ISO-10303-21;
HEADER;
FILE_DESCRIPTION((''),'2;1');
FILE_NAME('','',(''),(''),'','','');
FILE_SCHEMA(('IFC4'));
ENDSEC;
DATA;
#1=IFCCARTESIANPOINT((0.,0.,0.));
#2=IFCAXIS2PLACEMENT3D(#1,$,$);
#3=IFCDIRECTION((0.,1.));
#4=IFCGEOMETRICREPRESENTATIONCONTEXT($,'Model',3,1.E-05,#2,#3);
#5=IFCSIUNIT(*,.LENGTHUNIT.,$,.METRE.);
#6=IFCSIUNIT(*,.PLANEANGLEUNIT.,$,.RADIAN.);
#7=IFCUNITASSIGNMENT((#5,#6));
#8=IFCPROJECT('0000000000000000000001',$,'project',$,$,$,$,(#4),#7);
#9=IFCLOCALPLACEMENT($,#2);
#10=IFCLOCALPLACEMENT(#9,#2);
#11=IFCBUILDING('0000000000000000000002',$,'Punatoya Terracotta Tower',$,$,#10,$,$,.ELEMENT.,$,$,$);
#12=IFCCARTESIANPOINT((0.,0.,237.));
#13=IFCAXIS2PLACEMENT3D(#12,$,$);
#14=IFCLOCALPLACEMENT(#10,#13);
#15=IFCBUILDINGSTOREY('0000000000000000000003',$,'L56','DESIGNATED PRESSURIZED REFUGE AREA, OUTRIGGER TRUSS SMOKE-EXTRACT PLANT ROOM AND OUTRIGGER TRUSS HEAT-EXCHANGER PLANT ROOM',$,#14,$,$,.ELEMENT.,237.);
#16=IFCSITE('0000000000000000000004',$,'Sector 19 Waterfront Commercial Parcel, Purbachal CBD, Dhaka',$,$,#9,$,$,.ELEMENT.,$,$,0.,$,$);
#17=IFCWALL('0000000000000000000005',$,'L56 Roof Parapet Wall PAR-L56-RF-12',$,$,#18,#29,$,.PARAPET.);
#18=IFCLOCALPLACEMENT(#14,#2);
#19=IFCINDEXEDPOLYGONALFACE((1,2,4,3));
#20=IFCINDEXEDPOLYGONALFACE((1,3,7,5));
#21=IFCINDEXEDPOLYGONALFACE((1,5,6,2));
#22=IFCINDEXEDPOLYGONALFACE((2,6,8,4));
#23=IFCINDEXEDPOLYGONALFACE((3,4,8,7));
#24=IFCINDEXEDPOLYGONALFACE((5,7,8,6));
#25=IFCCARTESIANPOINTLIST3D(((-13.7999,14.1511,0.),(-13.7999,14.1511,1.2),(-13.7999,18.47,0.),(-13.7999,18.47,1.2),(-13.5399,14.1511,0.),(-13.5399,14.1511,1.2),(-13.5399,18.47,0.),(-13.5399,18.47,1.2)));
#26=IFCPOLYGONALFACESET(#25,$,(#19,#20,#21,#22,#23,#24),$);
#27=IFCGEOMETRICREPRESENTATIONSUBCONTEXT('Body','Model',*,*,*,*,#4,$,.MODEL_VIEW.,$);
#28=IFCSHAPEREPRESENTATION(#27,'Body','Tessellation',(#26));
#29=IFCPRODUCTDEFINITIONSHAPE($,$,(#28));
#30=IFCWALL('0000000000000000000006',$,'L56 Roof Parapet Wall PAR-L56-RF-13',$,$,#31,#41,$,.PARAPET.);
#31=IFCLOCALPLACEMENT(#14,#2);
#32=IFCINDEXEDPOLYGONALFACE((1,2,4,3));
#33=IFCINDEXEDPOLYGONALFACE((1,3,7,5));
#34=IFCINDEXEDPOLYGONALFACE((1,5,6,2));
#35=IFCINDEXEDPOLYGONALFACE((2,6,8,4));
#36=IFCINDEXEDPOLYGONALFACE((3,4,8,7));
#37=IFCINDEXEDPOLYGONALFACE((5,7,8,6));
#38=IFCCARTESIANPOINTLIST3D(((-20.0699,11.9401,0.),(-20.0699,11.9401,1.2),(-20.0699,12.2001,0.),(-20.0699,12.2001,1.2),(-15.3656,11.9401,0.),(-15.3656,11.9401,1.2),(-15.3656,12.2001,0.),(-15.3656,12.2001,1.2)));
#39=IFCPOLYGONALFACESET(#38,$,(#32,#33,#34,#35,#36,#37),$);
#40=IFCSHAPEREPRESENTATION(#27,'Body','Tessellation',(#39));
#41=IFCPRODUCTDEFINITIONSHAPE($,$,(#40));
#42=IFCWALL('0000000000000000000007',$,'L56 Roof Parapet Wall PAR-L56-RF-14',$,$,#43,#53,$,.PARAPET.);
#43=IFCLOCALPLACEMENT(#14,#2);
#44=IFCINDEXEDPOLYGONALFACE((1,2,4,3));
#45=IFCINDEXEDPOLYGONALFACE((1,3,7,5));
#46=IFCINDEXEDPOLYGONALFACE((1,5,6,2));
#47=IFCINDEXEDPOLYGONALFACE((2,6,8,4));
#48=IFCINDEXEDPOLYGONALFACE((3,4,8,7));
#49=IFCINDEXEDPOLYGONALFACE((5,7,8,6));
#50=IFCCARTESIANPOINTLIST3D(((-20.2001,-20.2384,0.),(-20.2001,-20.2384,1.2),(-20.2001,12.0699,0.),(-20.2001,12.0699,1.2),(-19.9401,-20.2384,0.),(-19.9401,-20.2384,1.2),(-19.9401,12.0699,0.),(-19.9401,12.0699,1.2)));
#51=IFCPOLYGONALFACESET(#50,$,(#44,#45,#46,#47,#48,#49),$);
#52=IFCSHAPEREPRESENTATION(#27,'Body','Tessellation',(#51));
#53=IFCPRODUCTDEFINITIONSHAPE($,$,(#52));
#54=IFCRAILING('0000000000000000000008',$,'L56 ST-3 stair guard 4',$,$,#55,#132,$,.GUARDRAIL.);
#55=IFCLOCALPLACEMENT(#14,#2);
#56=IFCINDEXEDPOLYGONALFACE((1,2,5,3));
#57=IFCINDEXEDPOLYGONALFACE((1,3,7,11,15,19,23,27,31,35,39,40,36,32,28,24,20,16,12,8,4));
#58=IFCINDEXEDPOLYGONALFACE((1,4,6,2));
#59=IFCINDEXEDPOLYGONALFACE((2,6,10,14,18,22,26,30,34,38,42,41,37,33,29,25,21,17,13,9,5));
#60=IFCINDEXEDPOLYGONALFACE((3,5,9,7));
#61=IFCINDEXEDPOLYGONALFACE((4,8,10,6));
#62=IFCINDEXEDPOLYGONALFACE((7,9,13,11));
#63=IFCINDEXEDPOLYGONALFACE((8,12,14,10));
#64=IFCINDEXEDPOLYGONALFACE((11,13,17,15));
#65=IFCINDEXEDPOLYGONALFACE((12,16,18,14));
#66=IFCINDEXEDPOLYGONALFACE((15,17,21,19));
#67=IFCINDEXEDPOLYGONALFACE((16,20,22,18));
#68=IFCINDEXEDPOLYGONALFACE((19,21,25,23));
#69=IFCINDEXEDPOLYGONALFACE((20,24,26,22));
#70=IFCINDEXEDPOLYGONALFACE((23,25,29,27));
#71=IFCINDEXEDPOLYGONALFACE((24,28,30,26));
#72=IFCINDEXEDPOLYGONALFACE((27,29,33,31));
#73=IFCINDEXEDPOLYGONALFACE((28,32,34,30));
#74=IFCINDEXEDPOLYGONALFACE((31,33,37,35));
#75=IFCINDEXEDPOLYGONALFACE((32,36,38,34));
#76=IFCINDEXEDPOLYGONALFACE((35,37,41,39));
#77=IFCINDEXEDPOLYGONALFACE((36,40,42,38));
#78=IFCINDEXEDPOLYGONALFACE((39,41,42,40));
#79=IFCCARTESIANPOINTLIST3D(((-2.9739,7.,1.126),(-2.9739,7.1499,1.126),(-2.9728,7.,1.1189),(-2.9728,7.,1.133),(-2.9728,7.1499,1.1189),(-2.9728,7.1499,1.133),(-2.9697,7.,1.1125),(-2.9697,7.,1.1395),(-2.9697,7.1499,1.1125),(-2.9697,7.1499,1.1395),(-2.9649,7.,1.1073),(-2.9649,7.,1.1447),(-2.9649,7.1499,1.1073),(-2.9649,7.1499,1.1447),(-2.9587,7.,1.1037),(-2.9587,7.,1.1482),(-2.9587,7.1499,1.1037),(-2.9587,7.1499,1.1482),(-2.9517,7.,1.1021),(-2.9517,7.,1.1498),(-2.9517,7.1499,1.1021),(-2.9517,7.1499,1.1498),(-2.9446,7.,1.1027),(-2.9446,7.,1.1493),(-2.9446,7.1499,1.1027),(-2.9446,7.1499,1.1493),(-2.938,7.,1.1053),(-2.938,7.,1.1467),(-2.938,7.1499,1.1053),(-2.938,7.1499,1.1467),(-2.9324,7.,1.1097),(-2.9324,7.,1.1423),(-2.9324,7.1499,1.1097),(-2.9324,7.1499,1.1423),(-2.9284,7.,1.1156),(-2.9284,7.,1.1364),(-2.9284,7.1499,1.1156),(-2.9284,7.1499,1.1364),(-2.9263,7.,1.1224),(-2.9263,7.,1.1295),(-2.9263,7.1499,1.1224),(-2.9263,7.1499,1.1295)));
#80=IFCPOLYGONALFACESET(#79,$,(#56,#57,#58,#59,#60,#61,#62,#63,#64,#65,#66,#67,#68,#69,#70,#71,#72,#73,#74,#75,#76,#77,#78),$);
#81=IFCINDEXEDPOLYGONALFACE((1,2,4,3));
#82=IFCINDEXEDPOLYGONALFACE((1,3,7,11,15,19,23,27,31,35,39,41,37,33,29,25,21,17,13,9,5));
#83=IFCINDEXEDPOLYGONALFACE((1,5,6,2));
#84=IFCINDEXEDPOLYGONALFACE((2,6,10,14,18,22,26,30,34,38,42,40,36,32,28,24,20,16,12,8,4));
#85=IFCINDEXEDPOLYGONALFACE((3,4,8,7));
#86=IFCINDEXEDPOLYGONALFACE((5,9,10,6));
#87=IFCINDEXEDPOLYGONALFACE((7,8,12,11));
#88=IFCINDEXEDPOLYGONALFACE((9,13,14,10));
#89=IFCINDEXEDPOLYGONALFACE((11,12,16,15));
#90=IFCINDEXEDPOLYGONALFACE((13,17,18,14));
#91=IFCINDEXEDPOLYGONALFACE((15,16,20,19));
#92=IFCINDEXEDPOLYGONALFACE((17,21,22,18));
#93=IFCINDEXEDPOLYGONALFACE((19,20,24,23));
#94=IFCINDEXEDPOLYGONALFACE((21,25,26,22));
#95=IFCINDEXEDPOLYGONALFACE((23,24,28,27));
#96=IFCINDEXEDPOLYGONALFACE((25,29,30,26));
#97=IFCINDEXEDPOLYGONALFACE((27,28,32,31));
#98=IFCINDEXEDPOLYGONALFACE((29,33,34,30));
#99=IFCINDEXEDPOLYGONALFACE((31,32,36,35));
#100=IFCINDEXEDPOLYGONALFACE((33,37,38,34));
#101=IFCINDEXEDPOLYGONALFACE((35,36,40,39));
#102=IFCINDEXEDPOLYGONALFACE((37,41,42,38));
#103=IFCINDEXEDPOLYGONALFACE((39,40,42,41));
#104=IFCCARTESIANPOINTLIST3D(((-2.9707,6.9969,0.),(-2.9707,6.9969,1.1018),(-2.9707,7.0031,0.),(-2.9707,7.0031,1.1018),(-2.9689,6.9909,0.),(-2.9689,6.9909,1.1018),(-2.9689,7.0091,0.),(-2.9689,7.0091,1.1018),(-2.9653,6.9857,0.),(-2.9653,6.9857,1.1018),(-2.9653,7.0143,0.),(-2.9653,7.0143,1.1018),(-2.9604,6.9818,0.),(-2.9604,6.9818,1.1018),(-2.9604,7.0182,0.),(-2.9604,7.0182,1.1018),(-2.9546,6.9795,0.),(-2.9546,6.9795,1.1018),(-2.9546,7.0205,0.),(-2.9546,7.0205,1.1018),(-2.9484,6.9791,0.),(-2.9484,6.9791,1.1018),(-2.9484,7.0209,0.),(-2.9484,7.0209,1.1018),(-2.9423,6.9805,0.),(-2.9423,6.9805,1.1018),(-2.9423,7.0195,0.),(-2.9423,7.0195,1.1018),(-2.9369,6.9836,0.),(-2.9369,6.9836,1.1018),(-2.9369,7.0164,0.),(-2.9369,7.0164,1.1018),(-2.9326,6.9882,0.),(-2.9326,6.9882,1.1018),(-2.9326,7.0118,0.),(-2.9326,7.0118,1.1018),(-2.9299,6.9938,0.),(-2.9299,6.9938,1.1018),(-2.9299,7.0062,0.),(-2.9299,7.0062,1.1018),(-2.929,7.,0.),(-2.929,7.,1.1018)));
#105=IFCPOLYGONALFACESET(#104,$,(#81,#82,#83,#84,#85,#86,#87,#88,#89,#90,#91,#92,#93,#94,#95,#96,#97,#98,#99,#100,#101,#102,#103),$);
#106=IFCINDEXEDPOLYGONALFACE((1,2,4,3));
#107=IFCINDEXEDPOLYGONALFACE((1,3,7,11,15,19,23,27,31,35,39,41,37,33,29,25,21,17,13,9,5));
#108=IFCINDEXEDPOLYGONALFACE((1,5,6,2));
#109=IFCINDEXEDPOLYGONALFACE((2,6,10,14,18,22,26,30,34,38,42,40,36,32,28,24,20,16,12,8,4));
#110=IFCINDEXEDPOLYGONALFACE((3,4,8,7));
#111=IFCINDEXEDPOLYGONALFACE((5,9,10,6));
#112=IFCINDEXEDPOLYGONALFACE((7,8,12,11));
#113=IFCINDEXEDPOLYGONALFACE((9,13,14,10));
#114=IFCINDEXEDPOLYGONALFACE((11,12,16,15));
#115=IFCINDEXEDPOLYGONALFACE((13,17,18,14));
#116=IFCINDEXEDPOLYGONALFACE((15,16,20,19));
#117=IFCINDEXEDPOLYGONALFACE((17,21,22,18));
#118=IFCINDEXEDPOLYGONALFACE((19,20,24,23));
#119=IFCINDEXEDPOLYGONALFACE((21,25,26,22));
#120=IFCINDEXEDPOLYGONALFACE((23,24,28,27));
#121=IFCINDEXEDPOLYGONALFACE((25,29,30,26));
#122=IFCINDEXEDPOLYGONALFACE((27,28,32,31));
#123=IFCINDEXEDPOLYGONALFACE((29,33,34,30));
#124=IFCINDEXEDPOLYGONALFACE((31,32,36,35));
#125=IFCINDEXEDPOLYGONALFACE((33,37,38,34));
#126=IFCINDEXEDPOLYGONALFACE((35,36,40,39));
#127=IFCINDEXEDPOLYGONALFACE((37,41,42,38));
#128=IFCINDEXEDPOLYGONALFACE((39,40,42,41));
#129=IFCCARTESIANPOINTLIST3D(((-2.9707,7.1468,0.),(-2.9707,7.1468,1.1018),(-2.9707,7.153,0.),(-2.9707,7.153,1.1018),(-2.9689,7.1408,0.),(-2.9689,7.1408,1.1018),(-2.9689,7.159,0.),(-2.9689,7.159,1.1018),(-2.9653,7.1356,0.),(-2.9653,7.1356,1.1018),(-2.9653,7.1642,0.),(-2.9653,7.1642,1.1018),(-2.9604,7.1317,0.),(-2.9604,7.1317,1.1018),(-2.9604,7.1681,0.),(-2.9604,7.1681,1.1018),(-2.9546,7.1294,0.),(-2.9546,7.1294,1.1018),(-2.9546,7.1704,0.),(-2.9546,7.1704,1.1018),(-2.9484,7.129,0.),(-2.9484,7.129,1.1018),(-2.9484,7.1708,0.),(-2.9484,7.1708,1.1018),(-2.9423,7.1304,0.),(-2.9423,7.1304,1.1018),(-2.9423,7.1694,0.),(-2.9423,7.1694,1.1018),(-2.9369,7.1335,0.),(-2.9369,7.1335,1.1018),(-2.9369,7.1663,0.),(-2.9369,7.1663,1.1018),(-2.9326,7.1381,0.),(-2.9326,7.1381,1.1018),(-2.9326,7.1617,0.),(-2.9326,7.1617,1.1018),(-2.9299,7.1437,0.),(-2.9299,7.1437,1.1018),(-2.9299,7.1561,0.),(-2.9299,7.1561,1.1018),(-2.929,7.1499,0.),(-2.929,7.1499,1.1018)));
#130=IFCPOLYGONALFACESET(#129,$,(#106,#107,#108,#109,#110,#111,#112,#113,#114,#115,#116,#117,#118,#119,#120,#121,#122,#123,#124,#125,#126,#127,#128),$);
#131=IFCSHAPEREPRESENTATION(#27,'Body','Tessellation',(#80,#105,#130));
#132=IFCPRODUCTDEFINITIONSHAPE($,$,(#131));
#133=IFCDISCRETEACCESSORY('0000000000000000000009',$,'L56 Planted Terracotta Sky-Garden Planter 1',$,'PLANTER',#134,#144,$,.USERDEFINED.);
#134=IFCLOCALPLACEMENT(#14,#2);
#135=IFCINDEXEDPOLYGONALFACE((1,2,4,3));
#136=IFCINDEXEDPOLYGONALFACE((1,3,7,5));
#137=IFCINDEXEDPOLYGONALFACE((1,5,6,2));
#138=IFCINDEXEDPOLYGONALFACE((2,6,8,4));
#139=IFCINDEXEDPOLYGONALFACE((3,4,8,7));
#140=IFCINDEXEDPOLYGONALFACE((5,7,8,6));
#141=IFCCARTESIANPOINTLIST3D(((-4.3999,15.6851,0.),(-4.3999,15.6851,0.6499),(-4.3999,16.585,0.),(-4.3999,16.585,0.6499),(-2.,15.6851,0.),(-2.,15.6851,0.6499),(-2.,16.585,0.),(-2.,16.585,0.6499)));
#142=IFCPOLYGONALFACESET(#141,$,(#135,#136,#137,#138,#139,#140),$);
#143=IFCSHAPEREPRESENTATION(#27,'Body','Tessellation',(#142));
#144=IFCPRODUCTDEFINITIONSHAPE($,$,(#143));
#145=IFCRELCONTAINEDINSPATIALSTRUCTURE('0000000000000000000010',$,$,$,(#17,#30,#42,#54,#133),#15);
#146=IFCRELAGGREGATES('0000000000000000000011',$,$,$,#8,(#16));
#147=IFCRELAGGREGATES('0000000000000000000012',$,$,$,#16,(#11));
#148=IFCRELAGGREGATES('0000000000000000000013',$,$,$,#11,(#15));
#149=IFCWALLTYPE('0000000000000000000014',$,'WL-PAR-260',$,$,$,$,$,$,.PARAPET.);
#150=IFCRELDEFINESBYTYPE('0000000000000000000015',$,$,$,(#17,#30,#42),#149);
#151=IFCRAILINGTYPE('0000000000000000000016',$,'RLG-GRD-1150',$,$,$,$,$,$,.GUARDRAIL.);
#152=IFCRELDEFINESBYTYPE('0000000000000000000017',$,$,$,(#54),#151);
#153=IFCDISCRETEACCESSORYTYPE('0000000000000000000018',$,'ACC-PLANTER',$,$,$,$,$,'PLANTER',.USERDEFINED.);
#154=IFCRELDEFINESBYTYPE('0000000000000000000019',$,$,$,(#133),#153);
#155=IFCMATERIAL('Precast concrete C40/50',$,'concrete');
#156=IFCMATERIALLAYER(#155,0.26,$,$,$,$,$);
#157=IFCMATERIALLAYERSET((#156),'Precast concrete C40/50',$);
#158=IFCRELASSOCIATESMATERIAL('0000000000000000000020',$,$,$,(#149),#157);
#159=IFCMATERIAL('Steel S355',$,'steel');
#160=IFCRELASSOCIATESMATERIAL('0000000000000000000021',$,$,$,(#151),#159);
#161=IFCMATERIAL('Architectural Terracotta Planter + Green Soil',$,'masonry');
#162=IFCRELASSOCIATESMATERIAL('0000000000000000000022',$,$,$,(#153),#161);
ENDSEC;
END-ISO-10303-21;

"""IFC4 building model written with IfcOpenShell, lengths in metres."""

from ifc_helpers import new_model, si_unit, direction, frame, frame_2d, origin, origin_2d, place, context, subcontext, project, spatial, rectangle, circle, extrude, material, layer, layer_set, type_object, element, save


model = new_model("IFC4")

# Units and contexts
model_context = context("Model", 3, precision=1e-05, world=origin(), true_north=direction((0.0, 1.0)))
body_context = subcontext(model_context, "Body", "Model", "MODEL_VIEW")
ifc_project = project(units=[si_unit("LENGTHUNIT", "METRE"), si_unit("PLANEANGLEUNIT", "RADIAN")], contexts=[model_context])

# Site, building, storey
site_placement = place(None, origin())
site = spatial("IfcSite", under=ifc_project, at=site_placement, Name="Sector 19 Waterfront Commercial Parcel, Purbachal CBD, Dhaka", CompositionType="ELEMENT", RefElevation=0.0)
building_placement = place(site_placement, origin())
building = spatial("IfcBuilding", under=site, at=building_placement, Name="Punatoya Terracotta Tower", CompositionType="ELEMENT")
storey_placement = place(building_placement, frame((0.0, 0.0, 237.0)))
storey = spatial("IfcBuildingStorey", under=building, at=storey_placement, Name="L56", Description="DESIGNATED PRESSURIZED REFUGE AREA, OUTRIGGER TRUSS SMOKE-EXTRACT PLANT ROOM AND OUTRIGGER TRUSS HEAT-EXCHANGER PLANT ROOM", CompositionType="ELEMENT", Elevation=237.0)

# Shared definitions
ifc_material_1 = material(Name="Precast concrete C40/50", Category="concrete")

# Walls
ifc_layer_1 = layer(ifc_material_1, 0.26)
ifc_layer_set_1 = layer_set([ifc_layer_1], Name="Precast concrete C40/50")
wall_type_1 = type_object("IfcWallType", Name="WL-PAR-260", PredefinedType="PARAPET", material=ifc_layer_set_1)
wall_1_placement = place(storey_placement, frame((-13.6699, 18.47, 0.0), z_axis=(0.0, 0.0, 1.0), x_axis=(0.0, -1.0, 0.0)))
element("IfcWall", 1, at=wall_1_placement, inside=storey, type_object=wall_type_1, Name="L56 Roof Parapet Wall PAR-L56-RF-12", PredefinedType="PARAPET", context=body_context, shape_type="SweptSolid", body=[
    extrude(rectangle(XDim=4.3188, YDim=0.26, at=frame_2d((2.1594, 0.0))), origin(), (0.0, 0.0, 1.0), 1.2),
])
wall_2_placement = place(storey_placement, frame((-15.3657, 12.0701, 0.0), z_axis=(0.0, 0.0, 1.0), x_axis=(-1.0, 0.0, 0.0)))
element("IfcWall", 2, at=wall_2_placement, inside=storey, type_object=wall_type_1, Name="L56 Roof Parapet Wall PAR-L56-RF-13", PredefinedType="PARAPET", context=body_context, shape_type="SweptSolid", body=[
    extrude(rectangle(XDim=4.7043, YDim=0.26, at=frame_2d((2.3521, 0.0))), origin(), (0.0, 0.0, 1.0), 1.2),
])
wall_3_placement = place(storey_placement, frame((-20.0701, 12.0701, 0.0), z_axis=(0.0, 0.0, 1.0), x_axis=(0.0, -1.0, 0.0)))
element("IfcWall", 3, at=wall_3_placement, inside=storey, type_object=wall_type_1, Name="L56 Roof Parapet Wall PAR-L56-RF-14", PredefinedType="PARAPET", context=body_context, shape_type="SweptSolid", body=[
    extrude(rectangle(XDim=32.3083, YDim=0.26, at=frame_2d((16.1543, 0.0))), origin(), (0.0, 0.0, 1.0), 1.2),
])

# Railing
ifc_material_2 = material(Name="Steel S355", Category="steel")
railing_type_1 = type_object("IfcRailingType", Name="RLG-GRD-1150", PredefinedType="GUARDRAIL", material=ifc_material_2)
railing_1_placement = place(storey_placement, frame((-2.95, 7.0, 0.0)))
element("IfcRailing", 4, at=railing_1_placement, inside=storey, type_object=railing_type_1, Name="L56 ST-3 stair guard 4", PredefinedType="GUARDRAIL", context=body_context, shape_type="SweptSolid", body=[
    extrude(circle(Radius=0.0239, at=origin_2d()), frame((0.0, 0.0, 1.126), z_axis=(0.0, 1.0, 0.0), x_axis=(-1.0, 0.0, 0.0)), (0.0, 0.0, 1.0), 0.1499),
    extrude(circle(Radius=0.021, at=origin_2d()), origin(), (0.0, 0.0, 1.0), 1.1018),
    extrude(circle(Radius=0.021, at=origin_2d()), frame((0.0, 0.1499, 0.0)), (0.0, 0.0, 1.0), 1.1018),
])

# Discrete accessory
ifc_material_3 = material(Name="Architectural Terracotta Planter + Green Soil", Category="masonry")
discrete_accessory_type = type_object("IfcDiscreteAccessoryType", Name="ACC-PLANTER", ElementType="PLANTER", PredefinedType="USERDEFINED", material=ifc_material_3)
discrete_accessory_placement = place(storey_placement, frame((-3.2, 16.135, 0.0), z_axis=(0.0, 0.0, 1.0), x_axis=(1.0, 0.0, 0.0)))
element("IfcDiscreteAccessory", 5, at=discrete_accessory_placement, inside=storey, type_object=discrete_accessory_type, Name="L56 Planted Terracotta Sky-Garden Planter 1", ObjectType="PLANTER", PredefinedType="USERDEFINED", context=body_context, shape_type="SweptSolid", body=[
    extrude(rectangle(XDim=2.3999, YDim=0.8999, at=origin_2d()), origin(), (0.0, 0.0, 1.0), 0.6499),
])

save(model, "model.ifc")
